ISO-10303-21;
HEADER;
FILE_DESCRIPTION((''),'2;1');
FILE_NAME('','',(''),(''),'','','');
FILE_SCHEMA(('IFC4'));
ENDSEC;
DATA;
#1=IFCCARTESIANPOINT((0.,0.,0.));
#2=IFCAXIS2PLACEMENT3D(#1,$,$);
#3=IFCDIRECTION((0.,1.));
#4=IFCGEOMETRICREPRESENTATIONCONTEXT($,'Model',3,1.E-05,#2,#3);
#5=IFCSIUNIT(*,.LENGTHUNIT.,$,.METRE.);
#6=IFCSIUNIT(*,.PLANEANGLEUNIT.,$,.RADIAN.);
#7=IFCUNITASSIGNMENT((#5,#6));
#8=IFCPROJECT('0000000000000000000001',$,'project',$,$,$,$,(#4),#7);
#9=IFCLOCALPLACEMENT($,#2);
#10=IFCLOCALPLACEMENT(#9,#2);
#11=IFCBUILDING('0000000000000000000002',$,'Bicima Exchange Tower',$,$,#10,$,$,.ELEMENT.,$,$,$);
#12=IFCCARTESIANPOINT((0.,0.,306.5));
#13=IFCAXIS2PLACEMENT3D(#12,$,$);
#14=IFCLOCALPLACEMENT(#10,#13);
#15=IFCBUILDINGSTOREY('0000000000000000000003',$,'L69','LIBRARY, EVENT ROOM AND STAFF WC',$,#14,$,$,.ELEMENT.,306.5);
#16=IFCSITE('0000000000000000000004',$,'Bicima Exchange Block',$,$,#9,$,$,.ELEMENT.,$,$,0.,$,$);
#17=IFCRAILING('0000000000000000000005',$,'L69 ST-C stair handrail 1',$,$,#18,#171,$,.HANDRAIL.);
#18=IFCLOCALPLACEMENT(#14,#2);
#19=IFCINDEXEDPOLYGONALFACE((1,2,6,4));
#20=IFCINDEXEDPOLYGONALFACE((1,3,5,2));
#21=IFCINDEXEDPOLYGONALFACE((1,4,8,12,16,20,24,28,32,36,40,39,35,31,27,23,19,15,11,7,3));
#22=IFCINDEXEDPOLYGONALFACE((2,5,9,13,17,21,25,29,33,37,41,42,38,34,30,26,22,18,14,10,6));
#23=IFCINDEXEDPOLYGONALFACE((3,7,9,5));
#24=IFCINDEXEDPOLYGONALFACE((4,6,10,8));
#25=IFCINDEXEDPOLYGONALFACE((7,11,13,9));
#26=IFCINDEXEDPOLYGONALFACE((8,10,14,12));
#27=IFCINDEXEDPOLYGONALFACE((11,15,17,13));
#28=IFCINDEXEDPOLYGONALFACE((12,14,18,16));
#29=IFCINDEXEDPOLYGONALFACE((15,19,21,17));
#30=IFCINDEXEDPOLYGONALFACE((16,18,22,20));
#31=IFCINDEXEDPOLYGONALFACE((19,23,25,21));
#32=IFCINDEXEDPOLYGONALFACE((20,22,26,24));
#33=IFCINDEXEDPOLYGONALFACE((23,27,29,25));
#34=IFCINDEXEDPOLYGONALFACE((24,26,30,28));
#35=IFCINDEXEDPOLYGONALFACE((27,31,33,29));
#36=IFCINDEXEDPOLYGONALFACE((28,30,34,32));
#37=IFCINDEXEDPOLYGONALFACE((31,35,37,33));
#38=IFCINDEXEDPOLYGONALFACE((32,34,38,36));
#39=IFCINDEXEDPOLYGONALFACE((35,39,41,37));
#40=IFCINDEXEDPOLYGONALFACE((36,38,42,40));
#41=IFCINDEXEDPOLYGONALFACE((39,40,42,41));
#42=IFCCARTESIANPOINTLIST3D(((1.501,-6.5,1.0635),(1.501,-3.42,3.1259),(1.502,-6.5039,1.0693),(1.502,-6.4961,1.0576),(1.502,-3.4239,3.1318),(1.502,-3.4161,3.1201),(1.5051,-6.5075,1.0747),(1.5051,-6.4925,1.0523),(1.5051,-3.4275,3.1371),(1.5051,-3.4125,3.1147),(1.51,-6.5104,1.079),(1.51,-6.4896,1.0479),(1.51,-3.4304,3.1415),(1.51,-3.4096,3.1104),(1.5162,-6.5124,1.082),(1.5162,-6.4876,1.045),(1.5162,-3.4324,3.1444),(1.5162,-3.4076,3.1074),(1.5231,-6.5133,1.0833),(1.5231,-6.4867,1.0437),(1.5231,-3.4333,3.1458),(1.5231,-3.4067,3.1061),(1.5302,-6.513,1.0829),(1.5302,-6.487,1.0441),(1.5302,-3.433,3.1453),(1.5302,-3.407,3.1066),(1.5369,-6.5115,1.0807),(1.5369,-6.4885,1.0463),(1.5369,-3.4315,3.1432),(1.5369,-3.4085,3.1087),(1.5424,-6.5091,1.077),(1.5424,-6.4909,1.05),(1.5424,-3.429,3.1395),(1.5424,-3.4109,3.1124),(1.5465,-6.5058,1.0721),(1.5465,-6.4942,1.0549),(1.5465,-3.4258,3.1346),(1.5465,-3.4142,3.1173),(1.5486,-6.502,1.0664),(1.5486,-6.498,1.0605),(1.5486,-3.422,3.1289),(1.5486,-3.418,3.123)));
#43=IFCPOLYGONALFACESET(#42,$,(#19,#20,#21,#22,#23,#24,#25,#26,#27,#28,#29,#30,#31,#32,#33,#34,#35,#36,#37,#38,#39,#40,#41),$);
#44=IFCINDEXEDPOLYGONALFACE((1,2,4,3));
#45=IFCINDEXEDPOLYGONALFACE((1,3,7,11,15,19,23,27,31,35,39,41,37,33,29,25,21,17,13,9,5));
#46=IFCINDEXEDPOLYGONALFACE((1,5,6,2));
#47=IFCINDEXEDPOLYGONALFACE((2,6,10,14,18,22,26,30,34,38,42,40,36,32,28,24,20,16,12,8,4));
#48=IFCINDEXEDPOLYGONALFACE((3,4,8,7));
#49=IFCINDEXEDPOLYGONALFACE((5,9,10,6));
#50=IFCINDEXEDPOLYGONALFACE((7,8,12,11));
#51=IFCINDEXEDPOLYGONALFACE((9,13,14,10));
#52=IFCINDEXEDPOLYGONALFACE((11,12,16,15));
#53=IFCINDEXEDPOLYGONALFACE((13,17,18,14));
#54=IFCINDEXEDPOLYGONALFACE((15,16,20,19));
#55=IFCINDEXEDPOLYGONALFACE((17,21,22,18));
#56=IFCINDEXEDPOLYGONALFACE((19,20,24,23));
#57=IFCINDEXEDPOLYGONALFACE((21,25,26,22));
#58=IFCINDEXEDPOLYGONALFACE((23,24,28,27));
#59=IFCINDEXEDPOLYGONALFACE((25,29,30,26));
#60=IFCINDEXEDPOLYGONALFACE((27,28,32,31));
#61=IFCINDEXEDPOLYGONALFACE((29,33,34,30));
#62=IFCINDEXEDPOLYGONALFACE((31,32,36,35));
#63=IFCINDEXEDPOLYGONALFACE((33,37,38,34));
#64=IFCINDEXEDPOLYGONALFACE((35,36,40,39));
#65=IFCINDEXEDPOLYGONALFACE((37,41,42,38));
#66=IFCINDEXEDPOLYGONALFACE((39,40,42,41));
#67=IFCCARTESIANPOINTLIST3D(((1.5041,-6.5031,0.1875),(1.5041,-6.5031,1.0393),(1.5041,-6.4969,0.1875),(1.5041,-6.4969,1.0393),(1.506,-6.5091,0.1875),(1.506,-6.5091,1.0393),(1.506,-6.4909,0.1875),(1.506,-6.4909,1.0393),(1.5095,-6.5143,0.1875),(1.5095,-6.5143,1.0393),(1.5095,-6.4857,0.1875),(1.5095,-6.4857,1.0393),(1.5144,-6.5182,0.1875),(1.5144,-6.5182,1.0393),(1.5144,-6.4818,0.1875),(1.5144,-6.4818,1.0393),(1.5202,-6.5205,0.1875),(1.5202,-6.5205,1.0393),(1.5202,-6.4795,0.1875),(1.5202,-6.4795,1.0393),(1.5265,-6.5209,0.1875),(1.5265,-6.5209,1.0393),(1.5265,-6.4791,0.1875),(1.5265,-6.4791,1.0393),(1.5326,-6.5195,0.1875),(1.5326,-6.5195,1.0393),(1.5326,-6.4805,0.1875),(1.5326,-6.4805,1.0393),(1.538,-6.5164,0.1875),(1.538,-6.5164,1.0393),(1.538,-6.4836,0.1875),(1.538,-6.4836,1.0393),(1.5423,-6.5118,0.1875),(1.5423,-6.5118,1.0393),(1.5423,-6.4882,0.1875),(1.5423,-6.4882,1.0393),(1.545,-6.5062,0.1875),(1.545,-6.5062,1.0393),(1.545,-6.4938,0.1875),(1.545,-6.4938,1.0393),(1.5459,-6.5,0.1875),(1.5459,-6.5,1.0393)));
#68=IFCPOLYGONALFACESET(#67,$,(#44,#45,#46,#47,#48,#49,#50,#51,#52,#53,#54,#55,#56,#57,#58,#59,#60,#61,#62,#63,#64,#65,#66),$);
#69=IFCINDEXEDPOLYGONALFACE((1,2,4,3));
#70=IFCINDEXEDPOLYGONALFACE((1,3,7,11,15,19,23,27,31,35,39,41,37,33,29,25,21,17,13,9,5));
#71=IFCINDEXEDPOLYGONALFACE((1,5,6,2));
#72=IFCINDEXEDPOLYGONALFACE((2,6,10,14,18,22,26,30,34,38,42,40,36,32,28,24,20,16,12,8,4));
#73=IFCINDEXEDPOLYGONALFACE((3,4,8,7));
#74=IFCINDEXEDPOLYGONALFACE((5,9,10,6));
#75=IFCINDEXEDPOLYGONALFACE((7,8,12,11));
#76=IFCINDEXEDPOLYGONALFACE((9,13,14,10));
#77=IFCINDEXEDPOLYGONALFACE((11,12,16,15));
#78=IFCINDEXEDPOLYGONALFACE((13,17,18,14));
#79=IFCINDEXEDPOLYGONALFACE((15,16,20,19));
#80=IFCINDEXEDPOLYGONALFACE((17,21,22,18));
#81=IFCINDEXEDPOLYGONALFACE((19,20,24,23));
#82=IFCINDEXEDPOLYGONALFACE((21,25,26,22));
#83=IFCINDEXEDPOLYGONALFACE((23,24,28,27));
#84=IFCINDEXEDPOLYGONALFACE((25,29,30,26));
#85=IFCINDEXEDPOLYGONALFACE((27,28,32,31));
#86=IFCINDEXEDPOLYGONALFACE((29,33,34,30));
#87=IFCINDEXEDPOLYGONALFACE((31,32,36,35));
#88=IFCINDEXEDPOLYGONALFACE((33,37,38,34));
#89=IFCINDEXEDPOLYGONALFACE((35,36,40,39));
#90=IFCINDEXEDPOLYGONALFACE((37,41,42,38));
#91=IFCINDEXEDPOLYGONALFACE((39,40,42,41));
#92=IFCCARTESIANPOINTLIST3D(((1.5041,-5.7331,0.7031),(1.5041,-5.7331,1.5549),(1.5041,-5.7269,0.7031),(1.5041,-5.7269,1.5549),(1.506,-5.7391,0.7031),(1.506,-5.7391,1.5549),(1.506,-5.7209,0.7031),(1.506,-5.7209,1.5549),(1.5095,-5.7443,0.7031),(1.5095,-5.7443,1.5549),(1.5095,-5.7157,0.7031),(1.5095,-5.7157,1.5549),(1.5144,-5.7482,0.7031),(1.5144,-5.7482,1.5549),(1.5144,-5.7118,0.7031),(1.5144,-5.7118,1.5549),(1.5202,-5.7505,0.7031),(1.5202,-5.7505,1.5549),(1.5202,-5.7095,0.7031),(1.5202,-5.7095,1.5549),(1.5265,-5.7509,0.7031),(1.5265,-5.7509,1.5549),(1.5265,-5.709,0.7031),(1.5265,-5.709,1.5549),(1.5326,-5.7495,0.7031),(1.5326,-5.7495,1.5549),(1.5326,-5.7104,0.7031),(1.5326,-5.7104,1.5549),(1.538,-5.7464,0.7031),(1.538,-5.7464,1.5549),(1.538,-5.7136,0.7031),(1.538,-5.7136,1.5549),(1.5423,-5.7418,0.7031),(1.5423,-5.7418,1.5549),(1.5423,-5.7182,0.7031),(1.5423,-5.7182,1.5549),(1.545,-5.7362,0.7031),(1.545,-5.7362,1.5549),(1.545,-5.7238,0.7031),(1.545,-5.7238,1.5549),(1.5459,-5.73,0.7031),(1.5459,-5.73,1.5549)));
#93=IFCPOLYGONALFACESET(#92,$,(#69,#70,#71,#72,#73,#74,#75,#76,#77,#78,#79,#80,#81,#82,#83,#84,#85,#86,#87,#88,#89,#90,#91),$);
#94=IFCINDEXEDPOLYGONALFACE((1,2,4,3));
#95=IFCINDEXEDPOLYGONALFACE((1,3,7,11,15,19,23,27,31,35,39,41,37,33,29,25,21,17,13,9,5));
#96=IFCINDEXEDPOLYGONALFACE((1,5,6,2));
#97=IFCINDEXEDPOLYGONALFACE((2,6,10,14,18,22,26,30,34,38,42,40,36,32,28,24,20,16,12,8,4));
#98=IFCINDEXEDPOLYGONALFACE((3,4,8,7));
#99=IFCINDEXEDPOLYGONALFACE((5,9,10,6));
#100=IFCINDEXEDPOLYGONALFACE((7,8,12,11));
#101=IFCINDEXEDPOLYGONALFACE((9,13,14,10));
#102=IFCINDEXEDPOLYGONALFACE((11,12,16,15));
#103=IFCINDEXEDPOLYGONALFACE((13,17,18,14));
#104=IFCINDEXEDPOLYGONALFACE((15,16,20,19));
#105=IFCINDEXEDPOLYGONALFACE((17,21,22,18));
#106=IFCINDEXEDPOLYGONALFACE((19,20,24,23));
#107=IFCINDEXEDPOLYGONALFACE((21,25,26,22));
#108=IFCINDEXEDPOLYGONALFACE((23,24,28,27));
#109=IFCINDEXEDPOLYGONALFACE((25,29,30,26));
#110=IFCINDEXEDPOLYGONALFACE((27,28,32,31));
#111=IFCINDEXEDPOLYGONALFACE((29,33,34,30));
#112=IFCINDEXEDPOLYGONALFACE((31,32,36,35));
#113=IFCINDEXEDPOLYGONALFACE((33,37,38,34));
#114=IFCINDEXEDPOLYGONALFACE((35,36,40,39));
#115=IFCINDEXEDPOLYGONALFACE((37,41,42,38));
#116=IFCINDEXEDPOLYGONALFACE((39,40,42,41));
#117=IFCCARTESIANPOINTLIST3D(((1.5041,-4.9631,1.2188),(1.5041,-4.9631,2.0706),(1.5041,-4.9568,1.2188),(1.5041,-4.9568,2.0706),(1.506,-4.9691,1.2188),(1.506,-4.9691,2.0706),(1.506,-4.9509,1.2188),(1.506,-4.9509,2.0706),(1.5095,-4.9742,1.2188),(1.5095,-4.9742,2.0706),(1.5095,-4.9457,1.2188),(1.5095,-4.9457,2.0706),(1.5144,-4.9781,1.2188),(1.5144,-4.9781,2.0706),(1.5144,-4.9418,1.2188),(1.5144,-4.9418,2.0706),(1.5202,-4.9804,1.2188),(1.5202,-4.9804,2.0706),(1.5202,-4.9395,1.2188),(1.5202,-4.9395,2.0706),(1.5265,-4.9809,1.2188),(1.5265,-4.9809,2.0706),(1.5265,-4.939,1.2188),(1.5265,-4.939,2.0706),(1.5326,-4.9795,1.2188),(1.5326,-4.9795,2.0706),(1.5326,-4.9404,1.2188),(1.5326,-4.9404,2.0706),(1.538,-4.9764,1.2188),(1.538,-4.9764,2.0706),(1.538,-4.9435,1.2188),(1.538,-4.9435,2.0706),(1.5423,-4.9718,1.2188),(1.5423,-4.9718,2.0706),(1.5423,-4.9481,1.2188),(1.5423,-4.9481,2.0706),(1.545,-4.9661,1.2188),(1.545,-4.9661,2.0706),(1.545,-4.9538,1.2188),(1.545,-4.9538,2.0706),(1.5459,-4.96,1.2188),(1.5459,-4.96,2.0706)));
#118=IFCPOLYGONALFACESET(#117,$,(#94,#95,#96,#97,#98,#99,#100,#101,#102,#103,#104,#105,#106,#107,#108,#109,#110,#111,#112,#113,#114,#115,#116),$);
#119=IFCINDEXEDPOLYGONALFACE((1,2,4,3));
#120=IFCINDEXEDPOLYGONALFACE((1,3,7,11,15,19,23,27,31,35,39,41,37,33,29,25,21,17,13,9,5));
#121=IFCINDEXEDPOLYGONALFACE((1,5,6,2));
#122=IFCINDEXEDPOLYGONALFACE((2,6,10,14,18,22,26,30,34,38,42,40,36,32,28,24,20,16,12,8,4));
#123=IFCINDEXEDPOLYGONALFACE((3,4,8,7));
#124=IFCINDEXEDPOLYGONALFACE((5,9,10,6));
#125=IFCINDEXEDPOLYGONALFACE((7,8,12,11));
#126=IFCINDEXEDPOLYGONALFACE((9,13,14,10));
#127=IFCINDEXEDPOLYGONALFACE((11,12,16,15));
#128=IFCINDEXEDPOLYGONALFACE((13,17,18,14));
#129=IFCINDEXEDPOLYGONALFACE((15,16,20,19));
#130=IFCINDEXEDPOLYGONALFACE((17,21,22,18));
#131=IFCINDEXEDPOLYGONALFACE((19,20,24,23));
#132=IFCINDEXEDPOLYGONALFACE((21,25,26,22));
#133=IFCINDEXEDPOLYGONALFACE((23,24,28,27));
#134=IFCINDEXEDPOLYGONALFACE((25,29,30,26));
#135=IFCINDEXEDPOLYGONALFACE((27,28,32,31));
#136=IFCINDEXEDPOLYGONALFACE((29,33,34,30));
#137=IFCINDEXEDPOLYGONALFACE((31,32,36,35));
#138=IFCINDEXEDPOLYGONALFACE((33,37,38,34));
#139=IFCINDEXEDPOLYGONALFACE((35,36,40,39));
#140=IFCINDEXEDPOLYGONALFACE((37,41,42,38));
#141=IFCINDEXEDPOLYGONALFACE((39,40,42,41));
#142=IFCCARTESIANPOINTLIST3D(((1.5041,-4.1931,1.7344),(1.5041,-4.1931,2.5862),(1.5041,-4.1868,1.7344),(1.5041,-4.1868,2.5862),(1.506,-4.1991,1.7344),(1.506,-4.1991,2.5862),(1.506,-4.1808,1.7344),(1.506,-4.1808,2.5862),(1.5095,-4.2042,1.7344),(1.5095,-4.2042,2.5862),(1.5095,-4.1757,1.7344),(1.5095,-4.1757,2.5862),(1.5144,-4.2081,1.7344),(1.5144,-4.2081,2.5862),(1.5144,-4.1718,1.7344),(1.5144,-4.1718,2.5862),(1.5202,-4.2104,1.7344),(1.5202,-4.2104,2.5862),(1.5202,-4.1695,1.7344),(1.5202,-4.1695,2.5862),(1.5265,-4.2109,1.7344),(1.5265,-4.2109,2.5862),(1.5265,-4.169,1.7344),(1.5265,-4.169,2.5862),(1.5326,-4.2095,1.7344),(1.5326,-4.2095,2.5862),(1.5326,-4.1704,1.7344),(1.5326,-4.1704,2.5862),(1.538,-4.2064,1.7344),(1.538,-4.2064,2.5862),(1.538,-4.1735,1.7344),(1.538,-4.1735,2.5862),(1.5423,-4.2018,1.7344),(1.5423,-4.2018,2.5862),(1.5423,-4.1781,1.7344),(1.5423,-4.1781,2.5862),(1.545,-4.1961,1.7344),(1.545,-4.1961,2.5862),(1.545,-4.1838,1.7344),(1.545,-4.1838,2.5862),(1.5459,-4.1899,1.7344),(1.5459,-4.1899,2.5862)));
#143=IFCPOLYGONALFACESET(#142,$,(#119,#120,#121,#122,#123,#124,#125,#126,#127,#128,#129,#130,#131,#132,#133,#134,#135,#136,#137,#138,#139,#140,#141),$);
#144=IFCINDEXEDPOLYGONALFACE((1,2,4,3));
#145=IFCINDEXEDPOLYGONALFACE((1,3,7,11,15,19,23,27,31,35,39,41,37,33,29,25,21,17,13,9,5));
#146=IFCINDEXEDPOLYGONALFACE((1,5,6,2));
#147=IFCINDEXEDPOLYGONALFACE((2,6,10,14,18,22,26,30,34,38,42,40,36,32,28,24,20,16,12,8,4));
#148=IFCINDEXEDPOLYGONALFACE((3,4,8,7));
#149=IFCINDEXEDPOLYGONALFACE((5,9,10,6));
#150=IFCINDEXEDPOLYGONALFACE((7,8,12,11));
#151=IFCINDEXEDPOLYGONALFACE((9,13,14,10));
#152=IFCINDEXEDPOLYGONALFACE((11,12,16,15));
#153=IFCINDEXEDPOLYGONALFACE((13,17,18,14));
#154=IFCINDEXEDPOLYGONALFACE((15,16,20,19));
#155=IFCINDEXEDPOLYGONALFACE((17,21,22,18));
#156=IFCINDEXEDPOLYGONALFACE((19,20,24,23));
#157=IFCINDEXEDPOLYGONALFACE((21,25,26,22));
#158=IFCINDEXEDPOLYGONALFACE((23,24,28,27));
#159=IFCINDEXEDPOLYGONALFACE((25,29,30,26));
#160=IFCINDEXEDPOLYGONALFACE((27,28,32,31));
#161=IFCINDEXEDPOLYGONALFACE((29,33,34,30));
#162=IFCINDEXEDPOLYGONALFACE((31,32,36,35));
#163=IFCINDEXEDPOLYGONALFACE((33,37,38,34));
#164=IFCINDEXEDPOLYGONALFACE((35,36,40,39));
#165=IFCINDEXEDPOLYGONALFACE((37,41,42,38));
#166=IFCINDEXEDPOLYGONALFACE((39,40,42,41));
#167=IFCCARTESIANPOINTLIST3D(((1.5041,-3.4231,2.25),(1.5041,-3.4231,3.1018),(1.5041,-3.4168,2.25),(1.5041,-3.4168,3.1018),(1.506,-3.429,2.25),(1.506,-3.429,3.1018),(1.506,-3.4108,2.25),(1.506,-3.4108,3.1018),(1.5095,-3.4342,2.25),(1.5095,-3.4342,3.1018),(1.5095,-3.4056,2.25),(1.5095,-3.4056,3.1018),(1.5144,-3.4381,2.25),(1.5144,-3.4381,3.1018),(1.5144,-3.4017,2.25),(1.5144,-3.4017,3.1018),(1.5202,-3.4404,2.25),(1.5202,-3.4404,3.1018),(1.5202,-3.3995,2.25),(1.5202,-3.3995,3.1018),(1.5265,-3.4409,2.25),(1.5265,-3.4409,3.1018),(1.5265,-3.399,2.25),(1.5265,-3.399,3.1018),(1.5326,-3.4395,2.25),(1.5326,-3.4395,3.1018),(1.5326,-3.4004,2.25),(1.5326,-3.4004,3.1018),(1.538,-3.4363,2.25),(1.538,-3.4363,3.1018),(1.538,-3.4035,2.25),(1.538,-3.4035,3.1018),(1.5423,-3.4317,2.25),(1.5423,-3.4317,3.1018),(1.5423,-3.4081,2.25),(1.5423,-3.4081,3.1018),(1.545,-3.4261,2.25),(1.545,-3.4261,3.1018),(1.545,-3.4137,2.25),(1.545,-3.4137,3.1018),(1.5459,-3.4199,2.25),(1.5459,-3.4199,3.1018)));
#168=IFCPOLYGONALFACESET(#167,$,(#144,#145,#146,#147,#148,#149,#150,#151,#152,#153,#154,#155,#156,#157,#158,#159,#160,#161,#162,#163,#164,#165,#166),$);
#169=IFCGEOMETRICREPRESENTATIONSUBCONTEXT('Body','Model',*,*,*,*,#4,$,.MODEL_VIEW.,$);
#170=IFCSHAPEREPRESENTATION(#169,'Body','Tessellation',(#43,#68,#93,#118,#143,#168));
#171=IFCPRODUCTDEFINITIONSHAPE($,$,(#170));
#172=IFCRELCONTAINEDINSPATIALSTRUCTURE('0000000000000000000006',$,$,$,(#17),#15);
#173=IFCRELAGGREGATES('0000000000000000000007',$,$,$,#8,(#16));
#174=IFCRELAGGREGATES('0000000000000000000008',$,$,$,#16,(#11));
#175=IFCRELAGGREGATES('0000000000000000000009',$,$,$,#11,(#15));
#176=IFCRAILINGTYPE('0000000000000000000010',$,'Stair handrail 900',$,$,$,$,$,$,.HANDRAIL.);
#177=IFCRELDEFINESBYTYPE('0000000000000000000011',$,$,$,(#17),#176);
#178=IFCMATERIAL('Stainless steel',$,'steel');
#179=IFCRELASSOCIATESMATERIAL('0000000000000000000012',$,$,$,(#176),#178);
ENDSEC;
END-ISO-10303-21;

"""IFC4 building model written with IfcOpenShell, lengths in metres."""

from ifc_helpers import new_model, si_unit, direction, frame, origin, origin_2d, place, context, subcontext, project, spatial, circle, extrude, material, type_object, element, save


model = new_model("IFC4")

# Units and contexts
model_context = context("Model", 3, precision=1e-05, world=origin(), true_north=direction((0.0, 1.0)))
body_context = subcontext(model_context, "Body", "Model", "MODEL_VIEW")
ifc_project = project(units=[si_unit("LENGTHUNIT", "METRE"), si_unit("PLANEANGLEUNIT", "RADIAN")], contexts=[model_context])

# Site, building, storey
site_placement = place(None, origin())
site = spatial("IfcSite", under=ifc_project, at=site_placement, Name="Bicima Exchange Block", CompositionType="ELEMENT", RefElevation=0.0)
building_placement = place(site_placement, origin())
building = spatial("IfcBuilding", under=site, at=building_placement, Name="Bicima Exchange Tower", CompositionType="ELEMENT")
storey_placement = place(building_placement, frame((0.0, 0.0, 306.5)))
storey = spatial("IfcBuildingStorey", under=building, at=storey_placement, Name="L69", Description="LIBRARY, EVENT ROOM AND STAFF WC", CompositionType="ELEMENT", Elevation=306.5)

# Shared definitions
ifc_material_1 = material(Name="Stainless steel", Category="steel")

# Railing
railing_type_1 = type_object("IfcRailingType", Name="Stair handrail 900", PredefinedType="HANDRAIL", material=ifc_material_1)
railing_1_placement = place(storey_placement, frame((1.5249, -6.5, 0.1875)))
element("IfcRailing", 1, at=railing_1_placement, inside=storey, type_object=railing_type_1, Name="L69 ST-C stair handrail 1", PredefinedType="HANDRAIL", context=body_context, shape_type="SweptSolid", body=[
    extrude(circle(Radius=0.0239, at=origin_2d()), frame((0.0, 0.0, 0.876), z_axis=(0.0, 0.830914, 0.556401), x_axis=(-1.0, 0.0, 0.0)), (0.0, 0.0, 1.0), 3.7068),
    extrude(circle(Radius=0.021, at=origin_2d()), origin(), (0.0, 0.0, 1.0), 0.8518),
    extrude(circle(Radius=0.021, at=origin_2d()), frame((0.0, 0.77, 0.5156)), (0.0, 0.0, 1.0), 0.8518),
    extrude(circle(Radius=0.021, at=origin_2d()), frame((0.0, 1.54, 1.0312)), (0.0, 0.0, 1.0), 0.8518),
    extrude(circle(Radius=0.021, at=origin_2d()), frame((0.0, 2.3101, 1.5469)), (0.0, 0.0, 1.0), 0.8518),
    extrude(circle(Radius=0.021, at=origin_2d()), frame((0.0, 3.0801, 2.0625)), (0.0, 0.0, 1.0), 0.8518),
])

save(model, "model.ifc")
